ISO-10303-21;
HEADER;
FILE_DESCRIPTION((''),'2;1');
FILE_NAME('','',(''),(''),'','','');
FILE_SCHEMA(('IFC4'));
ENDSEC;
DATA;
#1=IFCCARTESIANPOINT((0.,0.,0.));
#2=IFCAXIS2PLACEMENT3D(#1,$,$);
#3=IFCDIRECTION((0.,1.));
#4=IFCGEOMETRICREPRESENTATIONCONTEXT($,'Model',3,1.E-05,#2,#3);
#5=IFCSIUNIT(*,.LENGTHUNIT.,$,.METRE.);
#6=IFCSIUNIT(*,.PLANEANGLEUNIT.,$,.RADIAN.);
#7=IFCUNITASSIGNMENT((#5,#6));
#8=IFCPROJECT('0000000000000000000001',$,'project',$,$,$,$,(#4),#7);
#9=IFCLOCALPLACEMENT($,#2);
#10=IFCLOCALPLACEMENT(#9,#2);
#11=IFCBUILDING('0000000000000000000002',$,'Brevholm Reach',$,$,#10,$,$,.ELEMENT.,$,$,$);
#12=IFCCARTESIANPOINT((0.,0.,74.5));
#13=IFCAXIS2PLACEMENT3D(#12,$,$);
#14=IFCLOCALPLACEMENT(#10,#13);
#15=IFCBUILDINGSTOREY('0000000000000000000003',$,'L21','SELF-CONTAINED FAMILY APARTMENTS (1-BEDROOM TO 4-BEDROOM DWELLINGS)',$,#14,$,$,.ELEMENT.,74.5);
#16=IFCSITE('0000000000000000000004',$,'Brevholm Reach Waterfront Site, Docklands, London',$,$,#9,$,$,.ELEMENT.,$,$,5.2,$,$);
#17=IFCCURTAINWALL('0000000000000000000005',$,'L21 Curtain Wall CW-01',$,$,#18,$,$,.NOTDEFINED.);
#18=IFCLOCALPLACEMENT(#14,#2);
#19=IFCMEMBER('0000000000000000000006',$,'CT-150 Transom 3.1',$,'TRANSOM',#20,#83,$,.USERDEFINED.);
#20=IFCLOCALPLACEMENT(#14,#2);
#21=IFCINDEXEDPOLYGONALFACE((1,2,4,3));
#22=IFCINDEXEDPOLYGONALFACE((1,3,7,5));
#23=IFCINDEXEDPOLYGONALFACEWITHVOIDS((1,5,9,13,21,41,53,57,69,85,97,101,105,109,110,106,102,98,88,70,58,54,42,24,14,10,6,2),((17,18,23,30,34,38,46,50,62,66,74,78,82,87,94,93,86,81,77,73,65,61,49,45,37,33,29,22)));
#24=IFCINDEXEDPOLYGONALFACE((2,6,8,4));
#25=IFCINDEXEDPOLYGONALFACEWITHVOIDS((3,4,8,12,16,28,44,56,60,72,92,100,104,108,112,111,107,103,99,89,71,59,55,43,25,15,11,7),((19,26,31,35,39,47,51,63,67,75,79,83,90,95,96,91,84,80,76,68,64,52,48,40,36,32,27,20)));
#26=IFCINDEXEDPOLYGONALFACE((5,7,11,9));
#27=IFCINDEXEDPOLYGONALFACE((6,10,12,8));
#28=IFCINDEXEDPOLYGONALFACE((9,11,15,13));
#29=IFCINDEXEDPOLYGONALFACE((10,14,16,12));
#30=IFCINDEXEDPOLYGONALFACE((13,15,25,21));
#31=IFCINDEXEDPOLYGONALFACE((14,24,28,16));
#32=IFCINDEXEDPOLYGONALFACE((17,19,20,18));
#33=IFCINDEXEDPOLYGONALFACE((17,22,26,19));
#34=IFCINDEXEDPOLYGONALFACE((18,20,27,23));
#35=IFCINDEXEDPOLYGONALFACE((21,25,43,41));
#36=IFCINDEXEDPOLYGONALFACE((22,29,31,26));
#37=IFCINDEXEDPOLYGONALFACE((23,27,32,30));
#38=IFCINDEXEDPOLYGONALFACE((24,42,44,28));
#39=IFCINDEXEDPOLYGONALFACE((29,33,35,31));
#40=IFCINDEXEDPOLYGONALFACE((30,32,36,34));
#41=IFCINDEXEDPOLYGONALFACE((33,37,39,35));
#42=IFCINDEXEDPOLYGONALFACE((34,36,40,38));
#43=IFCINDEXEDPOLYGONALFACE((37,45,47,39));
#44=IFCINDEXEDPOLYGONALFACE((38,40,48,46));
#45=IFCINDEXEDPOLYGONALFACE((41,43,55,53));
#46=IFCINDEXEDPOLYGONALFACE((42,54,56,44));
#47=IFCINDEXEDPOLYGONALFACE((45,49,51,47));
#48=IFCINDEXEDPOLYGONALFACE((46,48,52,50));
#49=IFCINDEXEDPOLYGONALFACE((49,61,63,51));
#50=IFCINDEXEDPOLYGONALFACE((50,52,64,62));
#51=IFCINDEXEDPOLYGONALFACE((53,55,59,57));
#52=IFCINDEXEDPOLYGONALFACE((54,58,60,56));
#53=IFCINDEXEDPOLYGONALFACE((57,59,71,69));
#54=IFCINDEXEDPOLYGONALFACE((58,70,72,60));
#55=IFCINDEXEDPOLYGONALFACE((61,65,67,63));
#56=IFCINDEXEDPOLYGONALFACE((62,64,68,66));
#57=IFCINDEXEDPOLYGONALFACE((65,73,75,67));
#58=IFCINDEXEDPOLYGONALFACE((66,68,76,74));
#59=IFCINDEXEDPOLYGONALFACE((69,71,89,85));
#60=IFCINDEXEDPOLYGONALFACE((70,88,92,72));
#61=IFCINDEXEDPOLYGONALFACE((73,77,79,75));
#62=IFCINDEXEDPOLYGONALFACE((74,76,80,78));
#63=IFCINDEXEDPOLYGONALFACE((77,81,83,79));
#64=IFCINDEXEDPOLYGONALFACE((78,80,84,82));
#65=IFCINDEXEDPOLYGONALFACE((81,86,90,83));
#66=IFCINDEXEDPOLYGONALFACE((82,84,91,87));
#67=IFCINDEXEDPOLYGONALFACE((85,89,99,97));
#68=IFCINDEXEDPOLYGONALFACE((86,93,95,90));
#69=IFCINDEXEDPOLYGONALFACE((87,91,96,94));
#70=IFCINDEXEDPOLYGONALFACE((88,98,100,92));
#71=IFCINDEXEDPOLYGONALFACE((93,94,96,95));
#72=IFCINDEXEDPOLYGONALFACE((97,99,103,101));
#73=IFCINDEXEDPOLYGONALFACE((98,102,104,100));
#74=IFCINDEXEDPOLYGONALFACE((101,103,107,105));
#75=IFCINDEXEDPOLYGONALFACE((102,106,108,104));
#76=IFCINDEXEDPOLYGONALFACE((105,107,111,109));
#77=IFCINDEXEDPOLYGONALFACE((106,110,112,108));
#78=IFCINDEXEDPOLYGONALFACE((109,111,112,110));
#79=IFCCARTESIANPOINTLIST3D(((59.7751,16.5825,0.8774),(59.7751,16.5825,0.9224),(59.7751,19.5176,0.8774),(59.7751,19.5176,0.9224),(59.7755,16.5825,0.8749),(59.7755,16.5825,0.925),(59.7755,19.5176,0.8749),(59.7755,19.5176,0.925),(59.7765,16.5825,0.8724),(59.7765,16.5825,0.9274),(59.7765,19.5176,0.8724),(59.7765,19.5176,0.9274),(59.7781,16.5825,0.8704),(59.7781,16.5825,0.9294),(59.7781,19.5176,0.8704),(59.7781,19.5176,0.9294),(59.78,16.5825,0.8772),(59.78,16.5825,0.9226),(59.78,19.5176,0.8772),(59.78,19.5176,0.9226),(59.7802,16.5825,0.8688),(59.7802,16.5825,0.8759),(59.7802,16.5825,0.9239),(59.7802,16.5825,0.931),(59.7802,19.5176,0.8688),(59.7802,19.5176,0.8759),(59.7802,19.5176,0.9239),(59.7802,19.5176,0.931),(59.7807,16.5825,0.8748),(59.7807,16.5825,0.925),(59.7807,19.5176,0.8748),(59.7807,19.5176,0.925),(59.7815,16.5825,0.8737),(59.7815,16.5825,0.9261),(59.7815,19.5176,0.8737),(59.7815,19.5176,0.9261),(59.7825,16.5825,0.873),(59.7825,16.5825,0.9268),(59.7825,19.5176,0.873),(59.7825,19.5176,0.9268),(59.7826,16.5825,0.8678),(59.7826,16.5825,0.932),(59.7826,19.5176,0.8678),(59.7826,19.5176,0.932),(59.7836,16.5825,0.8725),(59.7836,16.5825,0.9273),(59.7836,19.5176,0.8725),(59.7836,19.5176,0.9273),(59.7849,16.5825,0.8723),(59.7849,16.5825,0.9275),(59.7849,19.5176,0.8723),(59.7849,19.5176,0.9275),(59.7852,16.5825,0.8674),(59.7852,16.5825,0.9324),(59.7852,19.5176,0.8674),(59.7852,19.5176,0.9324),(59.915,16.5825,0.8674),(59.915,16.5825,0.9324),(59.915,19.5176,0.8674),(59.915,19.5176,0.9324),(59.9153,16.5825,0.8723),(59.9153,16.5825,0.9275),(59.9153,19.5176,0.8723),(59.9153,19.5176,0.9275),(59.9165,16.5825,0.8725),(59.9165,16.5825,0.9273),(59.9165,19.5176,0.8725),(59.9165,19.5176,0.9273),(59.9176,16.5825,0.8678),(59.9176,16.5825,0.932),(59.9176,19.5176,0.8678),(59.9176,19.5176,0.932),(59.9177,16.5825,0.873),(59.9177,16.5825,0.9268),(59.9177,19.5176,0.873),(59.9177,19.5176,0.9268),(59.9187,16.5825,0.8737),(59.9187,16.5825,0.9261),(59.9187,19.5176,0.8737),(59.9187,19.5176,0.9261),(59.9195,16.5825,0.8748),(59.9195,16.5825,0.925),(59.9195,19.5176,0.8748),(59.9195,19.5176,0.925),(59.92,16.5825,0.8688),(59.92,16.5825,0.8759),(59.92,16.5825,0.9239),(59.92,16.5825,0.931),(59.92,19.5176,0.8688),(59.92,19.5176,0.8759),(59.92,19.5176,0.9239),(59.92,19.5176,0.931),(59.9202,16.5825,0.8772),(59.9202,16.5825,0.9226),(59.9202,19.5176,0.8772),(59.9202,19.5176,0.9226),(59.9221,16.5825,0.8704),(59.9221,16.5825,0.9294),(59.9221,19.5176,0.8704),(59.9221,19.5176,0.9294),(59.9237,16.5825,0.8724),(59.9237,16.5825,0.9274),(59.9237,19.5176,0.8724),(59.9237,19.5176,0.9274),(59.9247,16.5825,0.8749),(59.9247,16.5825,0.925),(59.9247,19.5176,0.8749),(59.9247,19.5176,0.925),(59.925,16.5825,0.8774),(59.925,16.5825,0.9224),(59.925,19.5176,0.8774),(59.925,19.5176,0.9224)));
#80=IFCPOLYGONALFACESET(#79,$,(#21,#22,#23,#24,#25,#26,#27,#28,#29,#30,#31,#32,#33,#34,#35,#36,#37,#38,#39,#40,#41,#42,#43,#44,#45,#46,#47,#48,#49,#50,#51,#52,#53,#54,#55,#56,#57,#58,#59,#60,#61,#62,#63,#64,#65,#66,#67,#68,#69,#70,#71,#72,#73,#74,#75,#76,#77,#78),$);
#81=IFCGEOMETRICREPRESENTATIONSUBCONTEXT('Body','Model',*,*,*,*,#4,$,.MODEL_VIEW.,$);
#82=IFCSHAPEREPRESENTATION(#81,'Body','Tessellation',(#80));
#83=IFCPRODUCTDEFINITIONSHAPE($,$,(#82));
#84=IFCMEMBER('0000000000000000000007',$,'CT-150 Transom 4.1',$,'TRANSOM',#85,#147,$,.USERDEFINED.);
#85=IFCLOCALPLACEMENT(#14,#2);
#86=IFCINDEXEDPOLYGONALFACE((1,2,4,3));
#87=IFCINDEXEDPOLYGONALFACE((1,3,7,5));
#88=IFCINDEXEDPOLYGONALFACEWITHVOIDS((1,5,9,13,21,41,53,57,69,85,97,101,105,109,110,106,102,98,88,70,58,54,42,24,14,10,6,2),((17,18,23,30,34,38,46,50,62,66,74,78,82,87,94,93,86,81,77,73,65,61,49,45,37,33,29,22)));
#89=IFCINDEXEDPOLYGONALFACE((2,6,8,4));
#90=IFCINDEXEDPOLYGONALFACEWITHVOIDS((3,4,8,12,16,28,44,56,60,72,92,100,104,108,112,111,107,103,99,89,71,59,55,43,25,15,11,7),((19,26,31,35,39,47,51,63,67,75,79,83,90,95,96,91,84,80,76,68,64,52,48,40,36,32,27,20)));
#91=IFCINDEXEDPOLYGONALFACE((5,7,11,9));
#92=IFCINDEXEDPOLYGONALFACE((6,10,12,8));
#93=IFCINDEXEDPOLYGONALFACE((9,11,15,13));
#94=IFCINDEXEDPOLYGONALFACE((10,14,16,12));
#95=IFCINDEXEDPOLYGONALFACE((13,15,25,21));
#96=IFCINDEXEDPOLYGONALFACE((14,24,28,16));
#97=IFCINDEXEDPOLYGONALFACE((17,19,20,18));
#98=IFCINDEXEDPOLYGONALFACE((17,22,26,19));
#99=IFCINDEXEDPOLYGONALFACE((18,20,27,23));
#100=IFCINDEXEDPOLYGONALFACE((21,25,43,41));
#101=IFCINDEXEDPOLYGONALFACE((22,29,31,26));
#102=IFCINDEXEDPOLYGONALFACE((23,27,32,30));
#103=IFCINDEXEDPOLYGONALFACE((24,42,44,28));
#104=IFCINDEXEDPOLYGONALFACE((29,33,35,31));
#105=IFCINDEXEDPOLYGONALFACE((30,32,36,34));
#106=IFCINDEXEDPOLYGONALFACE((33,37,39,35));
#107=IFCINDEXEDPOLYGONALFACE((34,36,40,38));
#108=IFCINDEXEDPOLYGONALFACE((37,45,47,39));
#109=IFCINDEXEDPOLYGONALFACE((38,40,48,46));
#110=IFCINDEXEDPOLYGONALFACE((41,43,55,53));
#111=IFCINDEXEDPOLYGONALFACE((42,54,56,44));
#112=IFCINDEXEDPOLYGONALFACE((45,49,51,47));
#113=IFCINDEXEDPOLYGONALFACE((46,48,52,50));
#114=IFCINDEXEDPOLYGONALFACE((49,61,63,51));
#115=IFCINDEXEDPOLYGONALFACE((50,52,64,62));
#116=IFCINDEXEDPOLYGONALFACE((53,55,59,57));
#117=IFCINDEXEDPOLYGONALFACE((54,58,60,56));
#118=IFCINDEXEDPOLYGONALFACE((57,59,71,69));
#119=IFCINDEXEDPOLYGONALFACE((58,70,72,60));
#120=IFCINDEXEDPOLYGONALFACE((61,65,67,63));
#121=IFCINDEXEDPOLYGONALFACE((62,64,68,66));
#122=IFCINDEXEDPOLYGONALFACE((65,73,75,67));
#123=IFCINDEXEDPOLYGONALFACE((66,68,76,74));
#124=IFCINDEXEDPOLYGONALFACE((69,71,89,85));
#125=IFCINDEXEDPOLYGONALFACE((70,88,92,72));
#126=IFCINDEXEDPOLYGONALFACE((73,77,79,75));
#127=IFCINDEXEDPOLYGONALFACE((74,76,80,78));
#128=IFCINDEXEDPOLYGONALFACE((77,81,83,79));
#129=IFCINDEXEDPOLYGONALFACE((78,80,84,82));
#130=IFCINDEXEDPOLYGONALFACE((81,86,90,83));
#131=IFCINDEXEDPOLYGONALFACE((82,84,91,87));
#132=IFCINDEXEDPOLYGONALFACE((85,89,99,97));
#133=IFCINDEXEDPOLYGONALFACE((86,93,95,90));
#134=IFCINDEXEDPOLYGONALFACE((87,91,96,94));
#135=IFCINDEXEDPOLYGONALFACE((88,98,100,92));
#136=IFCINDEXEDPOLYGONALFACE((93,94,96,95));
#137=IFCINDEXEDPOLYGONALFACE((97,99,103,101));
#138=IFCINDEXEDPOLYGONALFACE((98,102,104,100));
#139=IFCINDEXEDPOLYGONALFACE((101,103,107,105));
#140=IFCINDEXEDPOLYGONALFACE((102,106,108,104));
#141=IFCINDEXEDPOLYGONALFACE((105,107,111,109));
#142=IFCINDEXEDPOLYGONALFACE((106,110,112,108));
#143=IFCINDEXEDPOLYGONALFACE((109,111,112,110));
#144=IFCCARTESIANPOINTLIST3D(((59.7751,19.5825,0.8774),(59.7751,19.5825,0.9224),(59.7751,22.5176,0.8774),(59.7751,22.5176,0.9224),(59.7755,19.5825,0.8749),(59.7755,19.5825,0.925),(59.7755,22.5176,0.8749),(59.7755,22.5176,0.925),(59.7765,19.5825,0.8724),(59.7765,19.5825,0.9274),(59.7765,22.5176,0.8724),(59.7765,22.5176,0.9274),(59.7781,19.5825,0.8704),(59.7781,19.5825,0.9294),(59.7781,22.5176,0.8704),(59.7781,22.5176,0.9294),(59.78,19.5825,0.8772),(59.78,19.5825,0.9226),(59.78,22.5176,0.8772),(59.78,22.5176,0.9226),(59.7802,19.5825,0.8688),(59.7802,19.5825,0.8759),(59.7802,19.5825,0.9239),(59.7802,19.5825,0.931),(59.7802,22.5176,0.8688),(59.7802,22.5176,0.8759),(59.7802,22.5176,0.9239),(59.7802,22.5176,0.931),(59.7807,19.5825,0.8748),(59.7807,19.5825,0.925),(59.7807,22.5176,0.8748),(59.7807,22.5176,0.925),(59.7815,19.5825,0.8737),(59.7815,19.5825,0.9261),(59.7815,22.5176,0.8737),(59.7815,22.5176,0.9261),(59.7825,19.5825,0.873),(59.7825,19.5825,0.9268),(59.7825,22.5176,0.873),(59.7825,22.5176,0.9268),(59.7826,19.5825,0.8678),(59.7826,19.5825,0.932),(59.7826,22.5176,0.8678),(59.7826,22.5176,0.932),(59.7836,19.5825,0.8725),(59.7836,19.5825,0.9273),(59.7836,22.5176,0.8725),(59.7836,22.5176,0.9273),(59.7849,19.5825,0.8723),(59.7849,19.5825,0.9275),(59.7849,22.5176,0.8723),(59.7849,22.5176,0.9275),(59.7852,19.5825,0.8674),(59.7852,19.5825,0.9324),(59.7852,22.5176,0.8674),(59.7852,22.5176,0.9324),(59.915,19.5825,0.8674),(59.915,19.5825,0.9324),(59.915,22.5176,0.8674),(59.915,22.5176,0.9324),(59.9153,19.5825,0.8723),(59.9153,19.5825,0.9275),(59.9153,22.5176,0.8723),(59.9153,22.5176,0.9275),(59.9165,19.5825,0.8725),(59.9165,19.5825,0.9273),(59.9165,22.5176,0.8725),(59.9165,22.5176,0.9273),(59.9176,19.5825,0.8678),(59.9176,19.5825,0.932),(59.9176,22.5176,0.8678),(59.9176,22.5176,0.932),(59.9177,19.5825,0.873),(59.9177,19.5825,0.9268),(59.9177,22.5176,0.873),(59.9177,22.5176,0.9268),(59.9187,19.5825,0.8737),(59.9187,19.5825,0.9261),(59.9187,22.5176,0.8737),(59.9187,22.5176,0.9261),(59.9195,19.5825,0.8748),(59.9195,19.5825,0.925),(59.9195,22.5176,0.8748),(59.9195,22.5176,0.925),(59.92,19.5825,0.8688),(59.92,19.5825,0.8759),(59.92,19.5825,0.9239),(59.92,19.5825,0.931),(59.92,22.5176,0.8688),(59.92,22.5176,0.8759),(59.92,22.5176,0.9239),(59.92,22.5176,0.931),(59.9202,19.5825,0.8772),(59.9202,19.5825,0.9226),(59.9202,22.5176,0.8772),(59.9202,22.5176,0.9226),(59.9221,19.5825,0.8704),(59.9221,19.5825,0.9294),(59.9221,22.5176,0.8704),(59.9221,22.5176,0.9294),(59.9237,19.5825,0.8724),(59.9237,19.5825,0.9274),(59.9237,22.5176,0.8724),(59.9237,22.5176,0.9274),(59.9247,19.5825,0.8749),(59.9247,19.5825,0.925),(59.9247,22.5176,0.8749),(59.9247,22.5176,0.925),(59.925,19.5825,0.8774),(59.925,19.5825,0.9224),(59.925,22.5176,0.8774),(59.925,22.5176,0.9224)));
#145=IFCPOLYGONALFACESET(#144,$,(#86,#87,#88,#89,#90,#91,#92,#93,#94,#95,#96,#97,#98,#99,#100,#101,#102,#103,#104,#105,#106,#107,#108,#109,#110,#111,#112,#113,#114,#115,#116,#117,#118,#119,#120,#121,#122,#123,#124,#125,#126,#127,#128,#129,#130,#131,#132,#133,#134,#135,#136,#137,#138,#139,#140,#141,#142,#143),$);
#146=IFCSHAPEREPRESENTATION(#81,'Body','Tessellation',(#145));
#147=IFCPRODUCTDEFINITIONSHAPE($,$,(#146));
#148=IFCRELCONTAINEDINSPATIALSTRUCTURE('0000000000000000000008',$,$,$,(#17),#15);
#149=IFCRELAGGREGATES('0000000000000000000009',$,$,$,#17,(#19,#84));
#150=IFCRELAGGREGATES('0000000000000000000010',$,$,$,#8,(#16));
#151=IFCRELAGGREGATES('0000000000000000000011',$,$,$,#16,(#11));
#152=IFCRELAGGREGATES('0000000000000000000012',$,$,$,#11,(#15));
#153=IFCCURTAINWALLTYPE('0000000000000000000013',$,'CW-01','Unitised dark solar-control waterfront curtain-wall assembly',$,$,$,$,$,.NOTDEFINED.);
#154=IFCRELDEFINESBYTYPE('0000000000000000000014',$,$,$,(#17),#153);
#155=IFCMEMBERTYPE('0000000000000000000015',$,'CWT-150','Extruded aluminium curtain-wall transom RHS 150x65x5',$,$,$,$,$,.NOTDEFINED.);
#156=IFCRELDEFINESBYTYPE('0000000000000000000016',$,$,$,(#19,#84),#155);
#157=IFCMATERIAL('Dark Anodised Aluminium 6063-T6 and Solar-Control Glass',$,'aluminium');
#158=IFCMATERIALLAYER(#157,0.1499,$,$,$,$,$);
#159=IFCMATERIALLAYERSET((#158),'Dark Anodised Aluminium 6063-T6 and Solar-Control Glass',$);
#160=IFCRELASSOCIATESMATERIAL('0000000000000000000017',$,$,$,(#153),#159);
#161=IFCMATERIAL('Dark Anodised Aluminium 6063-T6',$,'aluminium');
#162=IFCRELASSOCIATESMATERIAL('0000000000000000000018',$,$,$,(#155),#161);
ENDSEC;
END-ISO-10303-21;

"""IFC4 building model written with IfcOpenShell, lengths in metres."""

from ifc_helpers import new_model, si_unit, direction, frame, origin, origin_2d, place, context, subcontext, project, spatial, hollow_rectangle, extrude, material, layer, layer_set, material_profile, profile_set, type_object, element, aggregate, save


model = new_model("IFC4")

# Units and contexts
model_context = context("Model", 3, precision=1e-05, world=origin(), true_north=direction((0.0, 1.0)))
body_context = subcontext(model_context, "Body", "Model", "MODEL_VIEW")
ifc_project = project(units=[si_unit("LENGTHUNIT", "METRE"), si_unit("PLANEANGLEUNIT", "RADIAN")], contexts=[model_context])

# Site, building, storey
site_placement = place(None, origin())
site = spatial("IfcSite", under=ifc_project, at=site_placement, Name="Brevholm Reach Waterfront Site, Docklands, London", CompositionType="ELEMENT", RefElevation=5.2)
building_placement = place(site_placement, origin())
building = spatial("IfcBuilding", under=site, at=building_placement, Name="Brevholm Reach", CompositionType="ELEMENT")
storey_placement = place(building_placement, frame((0.0, 0.0, 74.5)))
storey = spatial("IfcBuildingStorey", under=building, at=storey_placement, Name="L21", Description="SELF-CONTAINED FAMILY APARTMENTS (1-BEDROOM TO 4-BEDROOM DWELLINGS)", CompositionType="ELEMENT", Elevation=74.5)

# Curtain wall, members
ifc_material_1 = material(Name="Dark Anodised Aluminium 6063-T6 and Solar-Control Glass", Category="aluminium")
ifc_layer_1 = layer(ifc_material_1, 0.1499)
ifc_layer_set_1 = layer_set([ifc_layer_1], Name="Dark Anodised Aluminium 6063-T6 and Solar-Control Glass")
curtain_wall_type = type_object("IfcCurtainWallType", Name="CW-01", Description="Unitised dark solar-control waterfront curtain-wall assembly", PredefinedType="NOTDEFINED", material=ifc_layer_set_1)
curtain_wall_placement = place(storey_placement, origin())
curtain_wall = element("IfcCurtainWall", 1, at=curtain_wall_placement, inside=storey, type_object=curtain_wall_type, Name="L21 Curtain Wall CW-01", PredefinedType="NOTDEFINED")
ifc_material_2 = material(Name="Dark Anodised Aluminium 6063-T6", Category="aluminium")
ifc_material_profile_1 = material_profile(ifc_material_2, hollow_rectangle(XDim=0.0649, YDim=0.1499, WallThickness=0.0049, InnerFilletRadius=0.0049, OuterFilletRadius=0.01, at=origin_2d()), Name="RHS 150x65x5")
ifc_profile_set_1 = profile_set([ifc_material_profile_1], Name="Dark Anodised Aluminium 6063-T6")
member_type_1 = type_object("IfcMemberType", Name="CWT-150", Description="Extruded aluminium curtain-wall transom RHS 150x65x5", PredefinedType="NOTDEFINED", material=ifc_profile_set_1)
member_1_placement = place(storey_placement, frame((59.8501, 16.5825, 0.8999), z_axis=(0.0, 1.0, 0.0), x_axis=(0.0, 0.0, 1.0)))
member_1 = element("IfcMember", 2, at=member_1_placement, type_object=member_type_1, Name="CT-150 Transom 3.1", ObjectType="TRANSOM", PredefinedType="USERDEFINED", context=body_context, shape_type="SweptSolid", body=[
    extrude(hollow_rectangle(XDim=0.0649, YDim=0.1499, WallThickness=0.0049, InnerFilletRadius=0.0049, OuterFilletRadius=0.01, at=origin_2d()), origin(), (0.0, 0.0, 1.0), 2.9351),
])
member_2_placement = place(storey_placement, frame((59.8501, 19.5825, 0.8999), z_axis=(0.0, 1.0, 0.0), x_axis=(0.0, 0.0, 1.0)))
member_2 = element("IfcMember", 3, at=member_2_placement, type_object=member_type_1, Name="CT-150 Transom 4.1", ObjectType="TRANSOM", PredefinedType="USERDEFINED", context=body_context, shape_type="SweptSolid", body=[
    extrude(hollow_rectangle(XDim=0.0649, YDim=0.1499, WallThickness=0.0049, InnerFilletRadius=0.0049, OuterFilletRadius=0.01, at=origin_2d()), origin(), (0.0, 0.0, 1.0), 2.9351),
])
aggregate(curtain_wall, [member_1, member_2])

save(model, "model.ifc")
